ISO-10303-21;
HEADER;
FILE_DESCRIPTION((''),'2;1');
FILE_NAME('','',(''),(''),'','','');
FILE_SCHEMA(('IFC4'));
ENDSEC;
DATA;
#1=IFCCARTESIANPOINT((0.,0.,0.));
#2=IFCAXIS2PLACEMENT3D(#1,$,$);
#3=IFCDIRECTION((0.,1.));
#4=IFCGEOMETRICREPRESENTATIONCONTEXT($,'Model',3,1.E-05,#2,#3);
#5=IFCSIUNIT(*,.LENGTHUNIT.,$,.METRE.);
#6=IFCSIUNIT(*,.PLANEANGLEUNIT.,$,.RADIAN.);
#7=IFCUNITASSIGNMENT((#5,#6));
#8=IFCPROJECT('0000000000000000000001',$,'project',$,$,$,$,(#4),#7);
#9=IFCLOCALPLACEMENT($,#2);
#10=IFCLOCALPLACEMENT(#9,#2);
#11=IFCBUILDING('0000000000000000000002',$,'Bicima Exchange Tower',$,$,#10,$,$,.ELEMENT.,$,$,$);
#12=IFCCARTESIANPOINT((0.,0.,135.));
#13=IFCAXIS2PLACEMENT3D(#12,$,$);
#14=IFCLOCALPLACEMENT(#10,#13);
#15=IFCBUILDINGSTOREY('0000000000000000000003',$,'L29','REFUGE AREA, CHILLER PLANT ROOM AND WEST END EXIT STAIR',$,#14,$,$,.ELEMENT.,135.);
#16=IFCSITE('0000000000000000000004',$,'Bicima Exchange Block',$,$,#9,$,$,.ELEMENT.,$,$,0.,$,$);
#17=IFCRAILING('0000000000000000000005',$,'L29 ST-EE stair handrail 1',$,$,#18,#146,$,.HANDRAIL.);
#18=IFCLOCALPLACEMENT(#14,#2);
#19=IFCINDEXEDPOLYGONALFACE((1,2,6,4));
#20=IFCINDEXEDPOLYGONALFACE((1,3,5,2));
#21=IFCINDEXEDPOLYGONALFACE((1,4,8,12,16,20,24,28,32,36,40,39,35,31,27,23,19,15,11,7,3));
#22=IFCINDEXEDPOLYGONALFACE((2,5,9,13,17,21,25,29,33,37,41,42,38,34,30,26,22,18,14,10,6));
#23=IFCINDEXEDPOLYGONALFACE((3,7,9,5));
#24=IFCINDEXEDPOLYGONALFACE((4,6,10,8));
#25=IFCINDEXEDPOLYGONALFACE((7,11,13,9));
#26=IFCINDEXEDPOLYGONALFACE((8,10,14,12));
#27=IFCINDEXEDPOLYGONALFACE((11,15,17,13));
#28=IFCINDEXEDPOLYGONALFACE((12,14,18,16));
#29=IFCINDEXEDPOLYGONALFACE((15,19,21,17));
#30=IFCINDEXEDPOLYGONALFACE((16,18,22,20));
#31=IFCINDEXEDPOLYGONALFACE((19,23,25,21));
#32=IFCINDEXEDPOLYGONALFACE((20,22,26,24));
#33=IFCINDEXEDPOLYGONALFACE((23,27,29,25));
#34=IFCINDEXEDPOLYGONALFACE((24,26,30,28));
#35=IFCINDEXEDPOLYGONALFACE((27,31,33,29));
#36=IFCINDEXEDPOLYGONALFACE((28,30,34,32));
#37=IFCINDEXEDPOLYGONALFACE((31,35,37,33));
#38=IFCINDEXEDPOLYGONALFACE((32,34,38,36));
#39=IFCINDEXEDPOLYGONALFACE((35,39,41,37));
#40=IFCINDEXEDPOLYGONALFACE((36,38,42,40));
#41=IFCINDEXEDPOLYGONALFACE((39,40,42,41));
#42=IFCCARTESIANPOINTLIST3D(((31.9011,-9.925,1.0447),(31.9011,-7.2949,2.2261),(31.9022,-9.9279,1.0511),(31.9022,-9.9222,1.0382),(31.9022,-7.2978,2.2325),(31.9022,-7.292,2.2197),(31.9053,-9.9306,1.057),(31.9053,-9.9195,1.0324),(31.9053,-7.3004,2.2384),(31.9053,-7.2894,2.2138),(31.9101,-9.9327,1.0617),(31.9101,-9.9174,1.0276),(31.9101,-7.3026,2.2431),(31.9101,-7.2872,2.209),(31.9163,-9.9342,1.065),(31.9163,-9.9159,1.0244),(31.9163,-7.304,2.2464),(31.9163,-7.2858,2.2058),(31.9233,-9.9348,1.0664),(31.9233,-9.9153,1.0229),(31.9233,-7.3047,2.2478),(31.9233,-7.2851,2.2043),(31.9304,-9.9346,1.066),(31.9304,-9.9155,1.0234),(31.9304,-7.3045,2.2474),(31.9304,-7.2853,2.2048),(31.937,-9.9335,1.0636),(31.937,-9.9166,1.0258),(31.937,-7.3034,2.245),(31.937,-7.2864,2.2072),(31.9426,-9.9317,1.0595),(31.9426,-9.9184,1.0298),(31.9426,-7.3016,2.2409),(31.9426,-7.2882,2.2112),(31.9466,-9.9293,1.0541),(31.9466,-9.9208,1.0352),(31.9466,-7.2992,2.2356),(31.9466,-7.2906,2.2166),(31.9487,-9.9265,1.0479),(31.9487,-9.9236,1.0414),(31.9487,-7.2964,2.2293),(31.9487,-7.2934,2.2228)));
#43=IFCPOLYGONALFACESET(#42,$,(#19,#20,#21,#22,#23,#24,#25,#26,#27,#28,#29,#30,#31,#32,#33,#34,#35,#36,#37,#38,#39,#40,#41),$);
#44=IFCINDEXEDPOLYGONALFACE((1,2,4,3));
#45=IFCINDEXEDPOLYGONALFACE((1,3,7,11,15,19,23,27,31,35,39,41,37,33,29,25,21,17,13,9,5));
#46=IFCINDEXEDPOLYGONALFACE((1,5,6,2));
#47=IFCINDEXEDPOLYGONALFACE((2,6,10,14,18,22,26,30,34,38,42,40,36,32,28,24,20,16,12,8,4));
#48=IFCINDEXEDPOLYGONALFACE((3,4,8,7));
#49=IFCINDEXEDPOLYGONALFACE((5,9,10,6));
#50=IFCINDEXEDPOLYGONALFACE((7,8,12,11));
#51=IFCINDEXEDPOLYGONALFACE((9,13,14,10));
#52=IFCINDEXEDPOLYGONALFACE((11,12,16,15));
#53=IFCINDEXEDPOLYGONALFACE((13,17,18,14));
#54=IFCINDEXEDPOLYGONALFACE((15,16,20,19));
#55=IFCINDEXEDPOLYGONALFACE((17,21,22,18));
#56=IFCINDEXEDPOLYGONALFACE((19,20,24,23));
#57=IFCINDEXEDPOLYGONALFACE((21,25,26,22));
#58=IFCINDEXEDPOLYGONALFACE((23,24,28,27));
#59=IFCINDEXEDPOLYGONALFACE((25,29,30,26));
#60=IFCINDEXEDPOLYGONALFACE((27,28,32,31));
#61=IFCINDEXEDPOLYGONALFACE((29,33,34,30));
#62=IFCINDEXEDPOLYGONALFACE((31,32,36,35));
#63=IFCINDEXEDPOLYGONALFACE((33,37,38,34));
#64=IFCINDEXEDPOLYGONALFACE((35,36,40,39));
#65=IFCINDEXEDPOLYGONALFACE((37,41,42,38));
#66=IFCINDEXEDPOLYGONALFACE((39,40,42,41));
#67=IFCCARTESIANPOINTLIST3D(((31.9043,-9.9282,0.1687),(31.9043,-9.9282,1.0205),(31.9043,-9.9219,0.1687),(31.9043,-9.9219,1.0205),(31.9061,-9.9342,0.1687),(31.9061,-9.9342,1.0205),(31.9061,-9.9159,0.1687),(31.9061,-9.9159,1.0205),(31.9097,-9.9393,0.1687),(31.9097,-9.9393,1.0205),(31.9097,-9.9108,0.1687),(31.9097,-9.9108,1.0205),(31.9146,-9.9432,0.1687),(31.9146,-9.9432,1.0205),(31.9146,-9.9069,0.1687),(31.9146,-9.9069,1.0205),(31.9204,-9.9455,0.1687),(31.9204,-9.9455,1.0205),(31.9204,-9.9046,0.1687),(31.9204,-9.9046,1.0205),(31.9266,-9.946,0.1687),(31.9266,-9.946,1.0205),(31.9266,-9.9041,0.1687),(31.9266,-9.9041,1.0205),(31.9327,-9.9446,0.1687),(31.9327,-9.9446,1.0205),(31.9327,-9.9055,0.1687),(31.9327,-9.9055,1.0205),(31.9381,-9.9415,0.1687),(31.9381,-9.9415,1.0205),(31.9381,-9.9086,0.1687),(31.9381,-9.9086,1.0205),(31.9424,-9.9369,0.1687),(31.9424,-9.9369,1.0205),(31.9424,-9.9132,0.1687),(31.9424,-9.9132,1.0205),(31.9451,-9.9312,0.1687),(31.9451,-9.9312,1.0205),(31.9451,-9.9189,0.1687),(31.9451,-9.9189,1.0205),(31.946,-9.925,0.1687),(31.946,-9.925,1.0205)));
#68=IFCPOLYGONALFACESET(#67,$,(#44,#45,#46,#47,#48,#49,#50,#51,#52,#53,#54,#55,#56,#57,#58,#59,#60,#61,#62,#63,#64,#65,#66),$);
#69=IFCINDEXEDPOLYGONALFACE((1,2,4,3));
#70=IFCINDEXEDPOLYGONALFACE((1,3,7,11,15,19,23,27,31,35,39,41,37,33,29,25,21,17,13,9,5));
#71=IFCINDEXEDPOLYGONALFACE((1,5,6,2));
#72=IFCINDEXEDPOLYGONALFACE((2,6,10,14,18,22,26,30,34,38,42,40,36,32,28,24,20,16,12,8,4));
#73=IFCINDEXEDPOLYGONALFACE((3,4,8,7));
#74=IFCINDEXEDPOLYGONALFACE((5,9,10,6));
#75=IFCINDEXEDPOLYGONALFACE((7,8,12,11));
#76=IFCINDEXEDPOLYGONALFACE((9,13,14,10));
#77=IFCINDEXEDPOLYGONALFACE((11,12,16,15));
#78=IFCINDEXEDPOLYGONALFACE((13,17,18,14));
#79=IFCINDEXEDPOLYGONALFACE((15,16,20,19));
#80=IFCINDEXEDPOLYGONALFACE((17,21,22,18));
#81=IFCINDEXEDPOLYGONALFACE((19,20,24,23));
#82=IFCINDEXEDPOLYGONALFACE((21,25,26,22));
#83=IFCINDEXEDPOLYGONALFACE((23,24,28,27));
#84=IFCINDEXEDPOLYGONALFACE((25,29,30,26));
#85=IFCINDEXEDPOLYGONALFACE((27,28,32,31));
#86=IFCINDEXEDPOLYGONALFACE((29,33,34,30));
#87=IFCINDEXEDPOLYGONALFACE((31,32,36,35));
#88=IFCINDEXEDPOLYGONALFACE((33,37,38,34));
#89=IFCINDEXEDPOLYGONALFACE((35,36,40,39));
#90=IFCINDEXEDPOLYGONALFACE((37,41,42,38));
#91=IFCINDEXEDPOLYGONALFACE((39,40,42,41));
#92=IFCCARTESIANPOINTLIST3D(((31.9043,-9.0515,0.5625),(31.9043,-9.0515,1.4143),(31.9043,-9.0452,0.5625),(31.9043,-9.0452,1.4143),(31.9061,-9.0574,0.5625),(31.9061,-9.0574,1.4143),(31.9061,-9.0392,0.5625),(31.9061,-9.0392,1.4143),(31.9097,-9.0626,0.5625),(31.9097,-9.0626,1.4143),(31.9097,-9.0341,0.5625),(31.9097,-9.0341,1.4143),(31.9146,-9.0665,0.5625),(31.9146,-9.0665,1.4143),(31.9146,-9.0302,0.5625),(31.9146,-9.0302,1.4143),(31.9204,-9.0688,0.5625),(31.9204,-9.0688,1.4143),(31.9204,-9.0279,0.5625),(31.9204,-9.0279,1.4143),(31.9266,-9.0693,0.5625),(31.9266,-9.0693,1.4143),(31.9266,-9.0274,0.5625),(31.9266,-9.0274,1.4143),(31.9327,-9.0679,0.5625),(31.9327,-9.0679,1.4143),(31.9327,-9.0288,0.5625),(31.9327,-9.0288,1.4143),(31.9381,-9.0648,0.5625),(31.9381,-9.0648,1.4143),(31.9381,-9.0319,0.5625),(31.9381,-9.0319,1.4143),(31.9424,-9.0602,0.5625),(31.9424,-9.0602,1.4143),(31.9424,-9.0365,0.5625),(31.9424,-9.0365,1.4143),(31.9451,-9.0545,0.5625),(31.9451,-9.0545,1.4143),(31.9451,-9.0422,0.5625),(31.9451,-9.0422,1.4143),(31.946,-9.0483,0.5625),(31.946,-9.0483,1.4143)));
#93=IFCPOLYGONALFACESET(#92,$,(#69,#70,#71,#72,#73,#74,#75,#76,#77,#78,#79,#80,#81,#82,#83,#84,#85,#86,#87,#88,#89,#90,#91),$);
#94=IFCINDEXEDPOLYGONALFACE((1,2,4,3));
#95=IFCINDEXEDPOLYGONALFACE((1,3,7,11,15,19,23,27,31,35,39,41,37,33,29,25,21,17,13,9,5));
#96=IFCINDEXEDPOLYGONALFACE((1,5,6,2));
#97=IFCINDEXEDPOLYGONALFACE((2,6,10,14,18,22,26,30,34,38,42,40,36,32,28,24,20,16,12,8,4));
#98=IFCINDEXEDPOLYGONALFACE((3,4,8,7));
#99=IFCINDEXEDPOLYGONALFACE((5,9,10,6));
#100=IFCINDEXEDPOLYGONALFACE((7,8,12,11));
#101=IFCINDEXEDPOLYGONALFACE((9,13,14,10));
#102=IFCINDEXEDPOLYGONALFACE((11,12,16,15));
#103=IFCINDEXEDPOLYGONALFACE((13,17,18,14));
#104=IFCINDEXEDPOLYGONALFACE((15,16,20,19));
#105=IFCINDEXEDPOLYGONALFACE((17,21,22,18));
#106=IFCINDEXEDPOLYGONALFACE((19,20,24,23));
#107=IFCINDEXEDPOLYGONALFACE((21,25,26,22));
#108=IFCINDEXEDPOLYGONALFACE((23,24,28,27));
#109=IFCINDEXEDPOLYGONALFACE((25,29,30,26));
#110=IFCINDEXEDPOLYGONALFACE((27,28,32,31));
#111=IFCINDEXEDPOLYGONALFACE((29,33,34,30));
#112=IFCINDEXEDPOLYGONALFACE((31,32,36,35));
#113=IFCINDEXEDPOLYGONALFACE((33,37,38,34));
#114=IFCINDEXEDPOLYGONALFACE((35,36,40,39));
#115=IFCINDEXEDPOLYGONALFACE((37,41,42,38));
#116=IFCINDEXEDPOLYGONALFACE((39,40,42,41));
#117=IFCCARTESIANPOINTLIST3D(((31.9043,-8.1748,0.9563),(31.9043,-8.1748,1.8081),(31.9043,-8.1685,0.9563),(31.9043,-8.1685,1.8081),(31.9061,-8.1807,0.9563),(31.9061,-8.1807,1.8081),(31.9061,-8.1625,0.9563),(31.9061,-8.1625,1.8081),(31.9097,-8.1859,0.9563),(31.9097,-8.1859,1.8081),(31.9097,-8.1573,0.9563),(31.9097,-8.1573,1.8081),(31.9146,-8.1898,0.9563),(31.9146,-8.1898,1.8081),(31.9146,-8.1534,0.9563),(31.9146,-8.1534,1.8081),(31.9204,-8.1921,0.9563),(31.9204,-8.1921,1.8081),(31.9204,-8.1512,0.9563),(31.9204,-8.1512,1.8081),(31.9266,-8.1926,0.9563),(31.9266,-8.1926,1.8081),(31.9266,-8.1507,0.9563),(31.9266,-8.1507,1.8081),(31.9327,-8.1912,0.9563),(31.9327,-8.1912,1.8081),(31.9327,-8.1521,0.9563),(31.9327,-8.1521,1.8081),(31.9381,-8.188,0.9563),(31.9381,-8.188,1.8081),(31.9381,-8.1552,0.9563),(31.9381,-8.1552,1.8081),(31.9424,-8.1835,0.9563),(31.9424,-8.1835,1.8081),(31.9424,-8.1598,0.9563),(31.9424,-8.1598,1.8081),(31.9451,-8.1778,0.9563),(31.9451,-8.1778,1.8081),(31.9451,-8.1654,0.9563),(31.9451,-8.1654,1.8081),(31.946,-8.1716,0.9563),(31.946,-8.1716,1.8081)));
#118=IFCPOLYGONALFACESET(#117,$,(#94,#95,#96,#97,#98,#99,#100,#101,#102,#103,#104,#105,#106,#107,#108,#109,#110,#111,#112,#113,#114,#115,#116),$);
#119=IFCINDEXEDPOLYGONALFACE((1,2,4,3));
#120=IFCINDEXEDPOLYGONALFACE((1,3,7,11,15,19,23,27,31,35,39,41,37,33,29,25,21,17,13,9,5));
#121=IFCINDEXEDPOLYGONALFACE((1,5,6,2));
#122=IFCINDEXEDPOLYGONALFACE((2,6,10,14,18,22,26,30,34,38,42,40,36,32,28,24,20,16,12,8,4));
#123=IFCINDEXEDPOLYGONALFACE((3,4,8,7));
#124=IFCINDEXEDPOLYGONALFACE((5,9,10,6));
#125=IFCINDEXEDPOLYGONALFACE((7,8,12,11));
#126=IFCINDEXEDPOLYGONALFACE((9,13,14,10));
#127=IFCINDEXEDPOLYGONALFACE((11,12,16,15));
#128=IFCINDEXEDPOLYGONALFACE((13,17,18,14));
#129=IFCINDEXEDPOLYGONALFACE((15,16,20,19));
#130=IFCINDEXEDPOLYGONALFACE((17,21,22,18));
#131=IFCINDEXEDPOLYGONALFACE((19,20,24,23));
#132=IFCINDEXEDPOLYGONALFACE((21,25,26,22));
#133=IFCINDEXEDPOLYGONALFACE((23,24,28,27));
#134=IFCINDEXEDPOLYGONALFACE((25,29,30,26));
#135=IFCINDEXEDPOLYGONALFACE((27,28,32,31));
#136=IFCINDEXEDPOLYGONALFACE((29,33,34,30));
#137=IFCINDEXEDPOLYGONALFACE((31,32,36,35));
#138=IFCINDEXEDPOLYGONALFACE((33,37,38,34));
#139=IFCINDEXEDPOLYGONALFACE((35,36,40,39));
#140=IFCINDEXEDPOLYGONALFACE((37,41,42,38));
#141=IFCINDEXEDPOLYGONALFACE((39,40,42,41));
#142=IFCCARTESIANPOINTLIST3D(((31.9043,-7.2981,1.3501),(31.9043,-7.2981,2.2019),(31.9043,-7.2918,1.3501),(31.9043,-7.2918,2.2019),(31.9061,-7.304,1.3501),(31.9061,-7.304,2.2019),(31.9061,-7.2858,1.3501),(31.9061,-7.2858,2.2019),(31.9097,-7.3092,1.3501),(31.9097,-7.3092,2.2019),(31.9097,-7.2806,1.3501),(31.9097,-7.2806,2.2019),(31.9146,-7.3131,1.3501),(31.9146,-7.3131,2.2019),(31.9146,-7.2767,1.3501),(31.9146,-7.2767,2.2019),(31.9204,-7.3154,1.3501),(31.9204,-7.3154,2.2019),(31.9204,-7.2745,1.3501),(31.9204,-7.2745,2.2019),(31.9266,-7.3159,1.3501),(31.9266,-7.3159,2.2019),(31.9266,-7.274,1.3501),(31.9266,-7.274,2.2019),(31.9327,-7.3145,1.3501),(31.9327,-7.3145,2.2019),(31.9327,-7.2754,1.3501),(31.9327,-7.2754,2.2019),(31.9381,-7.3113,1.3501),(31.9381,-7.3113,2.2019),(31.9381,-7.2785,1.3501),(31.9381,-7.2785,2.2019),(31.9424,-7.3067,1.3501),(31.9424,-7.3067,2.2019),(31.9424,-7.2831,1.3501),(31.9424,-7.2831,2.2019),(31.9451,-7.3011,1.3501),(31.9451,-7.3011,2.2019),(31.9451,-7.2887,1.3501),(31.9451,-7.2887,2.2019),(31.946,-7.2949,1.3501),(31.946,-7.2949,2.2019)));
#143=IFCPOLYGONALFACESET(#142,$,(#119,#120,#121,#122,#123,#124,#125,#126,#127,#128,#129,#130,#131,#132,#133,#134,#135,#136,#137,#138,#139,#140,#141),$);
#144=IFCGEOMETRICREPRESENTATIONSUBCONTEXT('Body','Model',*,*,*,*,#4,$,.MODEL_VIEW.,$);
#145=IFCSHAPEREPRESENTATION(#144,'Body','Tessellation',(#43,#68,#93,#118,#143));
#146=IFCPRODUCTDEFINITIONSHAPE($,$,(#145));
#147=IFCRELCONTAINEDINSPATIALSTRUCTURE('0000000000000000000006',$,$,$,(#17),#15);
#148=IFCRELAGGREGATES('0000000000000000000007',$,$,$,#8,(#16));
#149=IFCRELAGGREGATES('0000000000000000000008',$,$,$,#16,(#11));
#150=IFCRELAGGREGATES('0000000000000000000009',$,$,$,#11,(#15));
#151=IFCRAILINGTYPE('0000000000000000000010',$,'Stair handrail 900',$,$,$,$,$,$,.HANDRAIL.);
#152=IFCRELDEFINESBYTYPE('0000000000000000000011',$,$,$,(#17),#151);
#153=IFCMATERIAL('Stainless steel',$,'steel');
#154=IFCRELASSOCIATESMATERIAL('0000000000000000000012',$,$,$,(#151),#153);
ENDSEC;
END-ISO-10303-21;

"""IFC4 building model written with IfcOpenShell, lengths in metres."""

from ifc_helpers import new_model, si_unit, direction, frame, origin, origin_2d, place, context, subcontext, project, spatial, circle, extrude, material, type_object, element, save


model = new_model("IFC4")

# Units and contexts
model_context = context("Model", 3, precision=1e-05, world=origin(), true_north=direction((0.0, 1.0)))
body_context = subcontext(model_context, "Body", "Model", "MODEL_VIEW")
ifc_project = project(units=[si_unit("LENGTHUNIT", "METRE"), si_unit("PLANEANGLEUNIT", "RADIAN")], contexts=[model_context])

# Site, building, storey
site_placement = place(None, origin())
site = spatial("IfcSite", under=ifc_project, at=site_placement, Name="Bicima Exchange Block", CompositionType="ELEMENT", RefElevation=0.0)
building_placement = place(site_placement, origin())
building = spatial("IfcBuilding", under=site, at=building_placement, Name="Bicima Exchange Tower", CompositionType="ELEMENT")
storey_placement = place(building_placement, frame((0.0, 0.0, 135.0)))
storey = spatial("IfcBuildingStorey", under=building, at=storey_placement, Name="L29", Description="REFUGE AREA, CHILLER PLANT ROOM AND WEST END EXIT STAIR", CompositionType="ELEMENT", Elevation=135.0)

# Railing
ifc_material_1 = material(Name="Stainless steel", Category="steel")
railing_type_1 = type_object("IfcRailingType", Name="Stair handrail 900", PredefinedType="HANDRAIL", material=ifc_material_1)
railing_1_placement = place(storey_placement, frame((31.925, -9.925, 0.1687)))
element("IfcRailing", 1, at=railing_1_placement, inside=storey, type_object=railing_type_1, Name="L29 ST-EE stair handrail 1", PredefinedType="HANDRAIL", context=body_context, shape_type="SweptSolid", body=[
    extrude(circle(Radius=0.0239, at=origin_2d()), frame((0.0, 0.0, 0.876), z_axis=(0.0, 0.912202, 0.409741), x_axis=(-1.0, 0.0, 0.0)), (0.0, 0.0, 1.0), 2.8833),
    extrude(circle(Radius=0.021, at=origin_2d()), origin(), (0.0, 0.0, 1.0), 0.8518),
    extrude(circle(Radius=0.021, at=origin_2d()), frame((0.0, 0.8767, 0.3938)), (0.0, 0.0, 1.0), 0.8518),
    extrude(circle(Radius=0.021, at=origin_2d()), frame((0.0, 1.7534, 0.7876)), (0.0, 0.0, 1.0), 0.8518),
    extrude(circle(Radius=0.021, at=origin_2d()), frame((0.0, 2.6301, 1.1814)), (0.0, 0.0, 1.0), 0.8518),
])

save(model, "model.ifc")
